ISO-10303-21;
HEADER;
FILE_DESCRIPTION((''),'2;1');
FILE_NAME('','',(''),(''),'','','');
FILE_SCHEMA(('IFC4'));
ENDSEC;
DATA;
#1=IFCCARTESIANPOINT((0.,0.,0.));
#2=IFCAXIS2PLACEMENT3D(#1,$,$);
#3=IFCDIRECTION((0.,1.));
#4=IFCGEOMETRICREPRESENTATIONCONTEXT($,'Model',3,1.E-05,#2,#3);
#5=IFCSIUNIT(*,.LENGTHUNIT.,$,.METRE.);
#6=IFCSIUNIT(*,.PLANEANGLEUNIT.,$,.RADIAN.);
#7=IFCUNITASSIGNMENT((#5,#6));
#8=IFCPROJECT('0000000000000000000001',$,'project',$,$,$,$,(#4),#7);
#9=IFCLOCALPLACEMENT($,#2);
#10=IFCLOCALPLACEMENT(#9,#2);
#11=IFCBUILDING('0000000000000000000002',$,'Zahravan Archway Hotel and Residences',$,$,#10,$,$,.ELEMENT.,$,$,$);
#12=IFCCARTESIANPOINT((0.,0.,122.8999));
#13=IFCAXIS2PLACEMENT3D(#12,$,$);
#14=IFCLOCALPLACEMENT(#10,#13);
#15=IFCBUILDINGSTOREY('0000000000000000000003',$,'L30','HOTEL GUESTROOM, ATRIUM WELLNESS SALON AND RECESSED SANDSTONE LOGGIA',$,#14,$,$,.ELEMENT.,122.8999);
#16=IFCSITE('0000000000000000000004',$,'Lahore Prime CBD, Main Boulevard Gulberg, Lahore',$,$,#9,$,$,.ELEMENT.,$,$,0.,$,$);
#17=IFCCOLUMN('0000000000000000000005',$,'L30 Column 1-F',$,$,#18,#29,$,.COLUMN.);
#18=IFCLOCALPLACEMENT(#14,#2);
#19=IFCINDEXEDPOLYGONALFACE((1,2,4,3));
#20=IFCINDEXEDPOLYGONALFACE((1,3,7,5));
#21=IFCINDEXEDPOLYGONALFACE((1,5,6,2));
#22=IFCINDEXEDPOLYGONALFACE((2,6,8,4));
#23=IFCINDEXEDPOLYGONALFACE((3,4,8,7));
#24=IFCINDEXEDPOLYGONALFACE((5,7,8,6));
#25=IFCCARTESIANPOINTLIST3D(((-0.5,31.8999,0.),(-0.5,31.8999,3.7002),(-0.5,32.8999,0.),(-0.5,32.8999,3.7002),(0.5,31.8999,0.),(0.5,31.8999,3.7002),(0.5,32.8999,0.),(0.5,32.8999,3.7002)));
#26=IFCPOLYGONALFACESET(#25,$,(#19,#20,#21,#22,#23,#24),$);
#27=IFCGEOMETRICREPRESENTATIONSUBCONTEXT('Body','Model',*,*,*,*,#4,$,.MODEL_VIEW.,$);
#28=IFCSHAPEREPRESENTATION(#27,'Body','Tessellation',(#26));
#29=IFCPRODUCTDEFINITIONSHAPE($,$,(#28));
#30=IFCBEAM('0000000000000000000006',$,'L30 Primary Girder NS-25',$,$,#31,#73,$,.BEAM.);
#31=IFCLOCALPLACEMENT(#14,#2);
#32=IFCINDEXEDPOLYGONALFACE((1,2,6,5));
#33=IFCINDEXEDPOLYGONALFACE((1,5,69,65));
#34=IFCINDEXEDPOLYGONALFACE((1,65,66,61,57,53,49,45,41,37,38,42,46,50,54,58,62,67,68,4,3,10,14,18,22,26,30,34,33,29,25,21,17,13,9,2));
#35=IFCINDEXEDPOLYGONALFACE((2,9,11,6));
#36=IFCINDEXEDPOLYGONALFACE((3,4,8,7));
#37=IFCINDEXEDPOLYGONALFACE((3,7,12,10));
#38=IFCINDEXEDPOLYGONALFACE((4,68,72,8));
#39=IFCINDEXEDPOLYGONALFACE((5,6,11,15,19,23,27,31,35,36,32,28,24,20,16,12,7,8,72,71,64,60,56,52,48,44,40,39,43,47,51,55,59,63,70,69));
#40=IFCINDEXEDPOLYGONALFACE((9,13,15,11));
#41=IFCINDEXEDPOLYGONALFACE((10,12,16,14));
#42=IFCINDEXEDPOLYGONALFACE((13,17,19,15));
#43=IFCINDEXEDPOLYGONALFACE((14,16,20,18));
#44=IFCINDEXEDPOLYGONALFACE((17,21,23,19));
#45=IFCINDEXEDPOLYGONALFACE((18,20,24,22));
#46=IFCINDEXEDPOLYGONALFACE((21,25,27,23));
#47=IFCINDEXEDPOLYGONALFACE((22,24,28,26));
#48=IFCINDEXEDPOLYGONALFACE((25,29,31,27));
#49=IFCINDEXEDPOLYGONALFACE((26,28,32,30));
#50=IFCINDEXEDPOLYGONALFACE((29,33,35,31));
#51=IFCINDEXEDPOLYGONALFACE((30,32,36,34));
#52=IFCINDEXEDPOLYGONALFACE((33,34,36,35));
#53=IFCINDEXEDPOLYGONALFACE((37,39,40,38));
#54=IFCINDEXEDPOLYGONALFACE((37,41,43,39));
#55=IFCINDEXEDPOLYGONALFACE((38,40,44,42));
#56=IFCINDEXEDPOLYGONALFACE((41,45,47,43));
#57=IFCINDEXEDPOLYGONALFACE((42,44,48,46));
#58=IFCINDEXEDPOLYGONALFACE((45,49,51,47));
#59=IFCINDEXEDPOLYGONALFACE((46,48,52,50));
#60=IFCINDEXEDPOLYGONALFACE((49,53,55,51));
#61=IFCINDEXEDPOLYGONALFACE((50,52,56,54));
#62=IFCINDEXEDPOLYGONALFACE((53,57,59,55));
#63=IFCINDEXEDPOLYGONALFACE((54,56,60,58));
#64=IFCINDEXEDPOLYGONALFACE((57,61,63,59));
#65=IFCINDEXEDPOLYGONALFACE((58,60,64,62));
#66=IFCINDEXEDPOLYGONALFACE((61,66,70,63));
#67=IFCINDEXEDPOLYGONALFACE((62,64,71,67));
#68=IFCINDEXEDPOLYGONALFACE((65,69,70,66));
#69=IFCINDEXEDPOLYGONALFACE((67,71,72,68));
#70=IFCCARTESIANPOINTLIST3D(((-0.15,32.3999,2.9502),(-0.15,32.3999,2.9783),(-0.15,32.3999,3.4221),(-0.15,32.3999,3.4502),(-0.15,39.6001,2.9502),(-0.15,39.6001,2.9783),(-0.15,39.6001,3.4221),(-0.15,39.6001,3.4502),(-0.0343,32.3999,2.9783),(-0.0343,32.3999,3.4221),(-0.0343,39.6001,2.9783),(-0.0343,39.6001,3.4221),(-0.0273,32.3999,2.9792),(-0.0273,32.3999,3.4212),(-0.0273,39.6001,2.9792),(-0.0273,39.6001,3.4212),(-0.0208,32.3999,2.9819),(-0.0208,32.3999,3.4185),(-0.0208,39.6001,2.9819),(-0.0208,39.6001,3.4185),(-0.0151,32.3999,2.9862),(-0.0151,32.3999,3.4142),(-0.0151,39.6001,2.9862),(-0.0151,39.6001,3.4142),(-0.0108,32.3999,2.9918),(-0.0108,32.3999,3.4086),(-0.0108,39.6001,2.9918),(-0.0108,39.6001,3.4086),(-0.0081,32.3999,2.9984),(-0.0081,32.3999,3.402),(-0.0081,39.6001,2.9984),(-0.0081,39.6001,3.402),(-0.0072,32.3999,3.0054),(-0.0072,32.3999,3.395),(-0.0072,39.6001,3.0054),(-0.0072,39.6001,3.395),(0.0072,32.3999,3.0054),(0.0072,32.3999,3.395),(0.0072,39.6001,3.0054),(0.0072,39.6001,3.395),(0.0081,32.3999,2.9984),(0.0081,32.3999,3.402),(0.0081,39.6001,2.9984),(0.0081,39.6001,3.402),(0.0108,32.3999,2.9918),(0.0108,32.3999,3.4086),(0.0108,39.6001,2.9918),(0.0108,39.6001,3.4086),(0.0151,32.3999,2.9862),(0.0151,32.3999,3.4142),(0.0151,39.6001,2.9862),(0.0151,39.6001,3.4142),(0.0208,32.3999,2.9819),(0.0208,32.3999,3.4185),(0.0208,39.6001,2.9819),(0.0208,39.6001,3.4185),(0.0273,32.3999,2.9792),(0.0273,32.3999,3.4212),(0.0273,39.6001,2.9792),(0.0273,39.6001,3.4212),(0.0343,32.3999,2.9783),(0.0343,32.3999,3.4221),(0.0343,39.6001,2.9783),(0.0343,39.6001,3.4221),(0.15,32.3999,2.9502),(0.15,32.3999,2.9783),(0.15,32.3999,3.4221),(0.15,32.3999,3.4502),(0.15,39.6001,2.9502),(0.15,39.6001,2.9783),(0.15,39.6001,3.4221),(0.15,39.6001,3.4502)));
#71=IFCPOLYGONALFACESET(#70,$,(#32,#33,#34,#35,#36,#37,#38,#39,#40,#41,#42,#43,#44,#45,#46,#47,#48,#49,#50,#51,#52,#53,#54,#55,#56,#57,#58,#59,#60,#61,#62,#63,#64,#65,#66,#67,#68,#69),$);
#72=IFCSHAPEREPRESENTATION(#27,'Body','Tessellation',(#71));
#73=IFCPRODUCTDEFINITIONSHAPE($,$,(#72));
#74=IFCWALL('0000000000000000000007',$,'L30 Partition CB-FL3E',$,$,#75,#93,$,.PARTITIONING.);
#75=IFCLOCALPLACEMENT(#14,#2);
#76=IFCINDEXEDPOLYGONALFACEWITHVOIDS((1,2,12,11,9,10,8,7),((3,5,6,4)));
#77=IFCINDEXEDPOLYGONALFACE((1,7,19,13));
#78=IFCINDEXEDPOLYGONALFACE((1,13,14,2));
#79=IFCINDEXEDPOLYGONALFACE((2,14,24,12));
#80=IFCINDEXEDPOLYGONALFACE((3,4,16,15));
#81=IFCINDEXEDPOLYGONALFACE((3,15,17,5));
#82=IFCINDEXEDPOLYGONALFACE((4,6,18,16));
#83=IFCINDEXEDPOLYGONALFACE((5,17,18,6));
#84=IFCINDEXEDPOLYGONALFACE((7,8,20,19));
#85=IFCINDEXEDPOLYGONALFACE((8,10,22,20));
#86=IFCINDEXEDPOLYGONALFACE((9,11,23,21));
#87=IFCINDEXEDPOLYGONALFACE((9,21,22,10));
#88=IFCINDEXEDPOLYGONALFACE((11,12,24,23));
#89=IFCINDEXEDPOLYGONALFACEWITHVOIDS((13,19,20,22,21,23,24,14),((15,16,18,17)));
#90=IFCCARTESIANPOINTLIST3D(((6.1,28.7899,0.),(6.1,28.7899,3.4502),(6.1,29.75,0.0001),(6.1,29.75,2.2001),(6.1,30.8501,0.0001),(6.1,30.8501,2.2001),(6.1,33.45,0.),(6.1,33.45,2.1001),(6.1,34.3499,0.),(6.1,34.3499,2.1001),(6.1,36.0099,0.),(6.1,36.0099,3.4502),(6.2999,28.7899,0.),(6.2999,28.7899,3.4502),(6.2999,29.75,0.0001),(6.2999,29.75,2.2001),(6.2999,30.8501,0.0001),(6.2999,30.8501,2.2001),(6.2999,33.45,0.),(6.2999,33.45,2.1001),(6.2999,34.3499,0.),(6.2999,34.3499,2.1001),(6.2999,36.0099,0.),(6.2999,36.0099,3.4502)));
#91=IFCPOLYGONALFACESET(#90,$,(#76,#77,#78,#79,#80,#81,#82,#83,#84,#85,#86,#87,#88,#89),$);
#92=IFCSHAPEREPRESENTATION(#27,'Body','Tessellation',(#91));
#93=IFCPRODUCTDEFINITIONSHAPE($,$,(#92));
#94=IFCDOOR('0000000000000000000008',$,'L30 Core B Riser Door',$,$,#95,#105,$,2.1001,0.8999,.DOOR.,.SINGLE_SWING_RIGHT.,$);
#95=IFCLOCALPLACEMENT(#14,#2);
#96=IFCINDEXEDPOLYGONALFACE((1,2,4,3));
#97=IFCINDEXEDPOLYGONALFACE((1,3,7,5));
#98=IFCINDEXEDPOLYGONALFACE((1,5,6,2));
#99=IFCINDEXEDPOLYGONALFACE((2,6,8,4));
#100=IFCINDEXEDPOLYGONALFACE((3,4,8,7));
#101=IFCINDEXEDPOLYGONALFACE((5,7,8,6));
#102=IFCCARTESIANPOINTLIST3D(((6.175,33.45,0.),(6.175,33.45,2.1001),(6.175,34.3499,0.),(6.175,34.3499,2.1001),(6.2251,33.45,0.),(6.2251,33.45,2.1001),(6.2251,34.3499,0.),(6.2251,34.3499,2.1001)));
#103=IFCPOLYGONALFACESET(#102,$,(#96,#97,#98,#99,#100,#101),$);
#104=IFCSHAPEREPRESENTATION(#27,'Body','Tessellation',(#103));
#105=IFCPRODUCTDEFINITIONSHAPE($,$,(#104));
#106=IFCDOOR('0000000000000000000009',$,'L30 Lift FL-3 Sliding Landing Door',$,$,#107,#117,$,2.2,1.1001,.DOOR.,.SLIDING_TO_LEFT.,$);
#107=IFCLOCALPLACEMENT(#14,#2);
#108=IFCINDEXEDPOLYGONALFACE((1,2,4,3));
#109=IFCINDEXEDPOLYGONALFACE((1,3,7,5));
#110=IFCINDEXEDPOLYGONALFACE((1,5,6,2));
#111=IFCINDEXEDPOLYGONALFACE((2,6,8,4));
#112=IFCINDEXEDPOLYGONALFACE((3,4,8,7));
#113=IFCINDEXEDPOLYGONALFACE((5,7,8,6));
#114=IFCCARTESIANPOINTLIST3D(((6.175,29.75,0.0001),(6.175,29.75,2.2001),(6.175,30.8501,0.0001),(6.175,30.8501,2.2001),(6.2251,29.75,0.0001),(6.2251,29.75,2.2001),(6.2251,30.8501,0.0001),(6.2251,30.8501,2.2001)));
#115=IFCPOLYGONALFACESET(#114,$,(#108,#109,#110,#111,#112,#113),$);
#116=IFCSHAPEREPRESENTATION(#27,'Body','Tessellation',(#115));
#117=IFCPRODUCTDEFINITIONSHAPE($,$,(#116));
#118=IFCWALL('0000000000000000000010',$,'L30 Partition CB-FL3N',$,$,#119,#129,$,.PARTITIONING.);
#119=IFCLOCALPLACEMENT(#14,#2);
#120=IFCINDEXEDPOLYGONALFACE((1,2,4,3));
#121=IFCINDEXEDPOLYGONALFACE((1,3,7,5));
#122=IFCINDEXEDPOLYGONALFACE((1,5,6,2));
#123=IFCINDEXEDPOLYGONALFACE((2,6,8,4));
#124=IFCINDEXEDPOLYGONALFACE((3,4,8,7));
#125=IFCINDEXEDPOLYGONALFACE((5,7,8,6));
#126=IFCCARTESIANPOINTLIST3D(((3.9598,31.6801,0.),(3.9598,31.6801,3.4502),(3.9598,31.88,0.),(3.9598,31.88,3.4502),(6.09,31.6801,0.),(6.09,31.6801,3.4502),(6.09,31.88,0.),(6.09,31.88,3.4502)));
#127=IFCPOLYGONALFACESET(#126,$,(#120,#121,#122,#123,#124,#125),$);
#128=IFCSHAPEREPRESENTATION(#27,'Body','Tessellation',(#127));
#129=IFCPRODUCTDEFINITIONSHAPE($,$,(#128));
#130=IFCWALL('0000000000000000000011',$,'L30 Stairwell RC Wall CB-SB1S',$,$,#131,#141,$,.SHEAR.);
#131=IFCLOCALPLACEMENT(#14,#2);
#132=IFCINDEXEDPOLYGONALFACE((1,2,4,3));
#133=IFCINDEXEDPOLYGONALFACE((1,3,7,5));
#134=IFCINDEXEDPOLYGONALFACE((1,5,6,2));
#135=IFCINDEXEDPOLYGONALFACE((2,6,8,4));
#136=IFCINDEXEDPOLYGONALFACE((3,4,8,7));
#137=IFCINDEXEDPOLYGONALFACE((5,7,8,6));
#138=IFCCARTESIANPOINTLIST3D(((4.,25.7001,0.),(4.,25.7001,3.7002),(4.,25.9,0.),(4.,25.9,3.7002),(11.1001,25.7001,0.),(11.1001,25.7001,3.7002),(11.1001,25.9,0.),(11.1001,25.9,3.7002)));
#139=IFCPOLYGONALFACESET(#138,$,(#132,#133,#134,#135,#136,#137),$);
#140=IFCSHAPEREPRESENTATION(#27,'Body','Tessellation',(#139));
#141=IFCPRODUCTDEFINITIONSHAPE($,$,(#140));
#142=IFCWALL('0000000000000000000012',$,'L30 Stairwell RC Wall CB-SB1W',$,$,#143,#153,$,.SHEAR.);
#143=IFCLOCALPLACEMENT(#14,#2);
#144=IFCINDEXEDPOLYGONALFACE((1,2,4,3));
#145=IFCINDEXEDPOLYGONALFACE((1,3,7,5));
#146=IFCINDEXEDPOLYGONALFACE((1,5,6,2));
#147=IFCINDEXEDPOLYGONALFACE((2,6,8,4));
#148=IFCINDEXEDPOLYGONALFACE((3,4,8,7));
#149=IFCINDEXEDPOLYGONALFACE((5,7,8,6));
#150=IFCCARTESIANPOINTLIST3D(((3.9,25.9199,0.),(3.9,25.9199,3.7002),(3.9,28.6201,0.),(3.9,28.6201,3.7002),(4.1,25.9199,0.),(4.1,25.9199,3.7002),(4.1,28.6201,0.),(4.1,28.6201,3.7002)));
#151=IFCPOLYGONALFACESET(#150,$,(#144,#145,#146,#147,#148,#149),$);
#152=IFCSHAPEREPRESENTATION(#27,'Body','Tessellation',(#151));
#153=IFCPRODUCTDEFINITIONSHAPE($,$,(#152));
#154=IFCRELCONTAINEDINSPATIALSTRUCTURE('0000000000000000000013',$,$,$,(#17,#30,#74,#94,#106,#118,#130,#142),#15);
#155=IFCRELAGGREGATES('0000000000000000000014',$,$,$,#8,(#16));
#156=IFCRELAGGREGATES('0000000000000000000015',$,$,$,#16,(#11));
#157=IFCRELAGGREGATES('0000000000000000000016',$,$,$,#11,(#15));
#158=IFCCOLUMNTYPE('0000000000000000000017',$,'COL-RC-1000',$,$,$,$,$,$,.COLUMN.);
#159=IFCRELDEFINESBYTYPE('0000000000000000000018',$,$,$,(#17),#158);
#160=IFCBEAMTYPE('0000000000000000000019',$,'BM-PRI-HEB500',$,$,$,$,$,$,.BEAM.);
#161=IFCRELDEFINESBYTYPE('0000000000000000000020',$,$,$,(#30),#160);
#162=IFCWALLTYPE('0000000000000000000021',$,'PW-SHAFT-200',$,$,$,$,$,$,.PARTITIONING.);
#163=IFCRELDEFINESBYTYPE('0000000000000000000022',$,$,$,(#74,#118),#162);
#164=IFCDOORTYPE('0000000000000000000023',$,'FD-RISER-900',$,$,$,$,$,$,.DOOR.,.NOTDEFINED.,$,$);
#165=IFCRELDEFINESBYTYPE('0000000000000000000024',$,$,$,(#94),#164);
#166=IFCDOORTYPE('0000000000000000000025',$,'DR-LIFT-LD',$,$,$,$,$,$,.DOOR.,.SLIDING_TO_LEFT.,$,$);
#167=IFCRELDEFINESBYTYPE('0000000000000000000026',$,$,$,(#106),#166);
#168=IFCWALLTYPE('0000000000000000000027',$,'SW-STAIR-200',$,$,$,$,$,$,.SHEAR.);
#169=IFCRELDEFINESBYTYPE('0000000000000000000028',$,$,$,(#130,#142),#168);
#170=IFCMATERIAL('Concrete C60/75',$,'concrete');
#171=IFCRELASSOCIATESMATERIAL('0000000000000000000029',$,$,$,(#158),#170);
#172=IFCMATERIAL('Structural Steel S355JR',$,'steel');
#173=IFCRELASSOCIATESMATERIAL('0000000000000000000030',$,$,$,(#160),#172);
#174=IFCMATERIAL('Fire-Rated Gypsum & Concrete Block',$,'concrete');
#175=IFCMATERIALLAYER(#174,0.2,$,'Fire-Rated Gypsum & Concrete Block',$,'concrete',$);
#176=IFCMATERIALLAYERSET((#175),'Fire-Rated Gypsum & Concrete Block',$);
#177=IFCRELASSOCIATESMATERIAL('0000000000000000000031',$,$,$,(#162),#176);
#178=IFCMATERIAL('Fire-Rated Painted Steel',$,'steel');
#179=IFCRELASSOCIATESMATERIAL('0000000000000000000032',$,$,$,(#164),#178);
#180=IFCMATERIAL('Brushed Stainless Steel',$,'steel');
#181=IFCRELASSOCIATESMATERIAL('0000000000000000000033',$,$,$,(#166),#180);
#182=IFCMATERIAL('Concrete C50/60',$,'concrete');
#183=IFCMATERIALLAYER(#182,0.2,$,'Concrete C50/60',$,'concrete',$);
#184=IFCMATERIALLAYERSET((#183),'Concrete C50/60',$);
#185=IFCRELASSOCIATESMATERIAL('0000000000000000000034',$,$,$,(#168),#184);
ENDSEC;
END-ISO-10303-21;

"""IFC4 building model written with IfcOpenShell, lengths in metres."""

from ifc_helpers import new_model, si_unit, direction, frame, frame_2d, origin, origin_2d, place, context, subcontext, project, spatial, rectangle, i_section, extrude, source, transform, mapped, material, layer, layer_set, material_profile, profile_set, type_object, type_shapes, element, fill, save


model = new_model("IFC4")

# Units and contexts
model_context = context("Model", 3, precision=1e-05, world=origin(), true_north=direction((0.0, 1.0)))
body_context = subcontext(model_context, "Body", "Model", "MODEL_VIEW")
ifc_project = project(units=[si_unit("LENGTHUNIT", "METRE"), si_unit("PLANEANGLEUNIT", "RADIAN")], contexts=[model_context])

# Site, building, storey
site_placement = place(None, origin())
site = spatial("IfcSite", under=ifc_project, at=site_placement, Name="Lahore Prime CBD, Main Boulevard Gulberg, Lahore", CompositionType="ELEMENT", RefElevation=0.0)
building_placement = place(site_placement, origin())
building = spatial("IfcBuilding", under=site, at=building_placement, Name="Zahravan Archway Hotel and Residences", CompositionType="ELEMENT")
storey_placement = place(building_placement, frame((0.0, 0.0, 122.8999)))
storey = spatial("IfcBuildingStorey", under=building, at=storey_placement, Name="L30", Description="HOTEL GUESTROOM, ATRIUM WELLNESS SALON AND RECESSED SANDSTONE LOGGIA", CompositionType="ELEMENT", Elevation=122.8999)

# Column
ifc_material_1 = material(Name="Concrete C60/75", Category="concrete")
ifc_material_profile_1 = material_profile(ifc_material_1, rectangle(XDim=1.0, YDim=1.0, at=origin_2d()), Name="RC-COL-1000x1000", Category="concrete")
ifc_profile_set_1 = profile_set([ifc_material_profile_1], Name="Concrete C60/75")
column_type = type_object("IfcColumnType", Name="COL-RC-1000", PredefinedType="COLUMN", material=ifc_profile_set_1)
shared_shape_1 = source(origin(), body_context, "Body", "SweptSolid", [
    extrude(rectangle(XDim=1.0, YDim=1.0, at=origin_2d()), origin(), (0.0, 0.0, 1.0), 3.7002),
])
column_placement = place(storey_placement, frame((0.0, 32.3999, 0.0), z_axis=(0.0, 0.0, 1.0), x_axis=(1.0, 0.0, 0.0)))
element("IfcColumn", 1, at=column_placement, inside=storey, type_object=column_type, Name="L30 Column 1-F", PredefinedType="COLUMN", context=body_context, shape_type="MappedRepresentation", body=[
    mapped(shared_shape_1, transform((0.0, 0.0, 0.0), scale=1.0)),
])

# Beam
ifc_material_2 = material(Name="Structural Steel S355JR", Category="steel")
ifc_material_profile_2 = material_profile(ifc_material_2, i_section(OverallWidth=0.3, OverallDepth=0.5, WebThickness=0.0144, FlangeThickness=0.0281, FilletRadius=0.0271, at=origin_2d()), Name="HEB 500", Category="steel")
ifc_profile_set_2 = profile_set([ifc_material_profile_2], Name="Structural Steel S355JR")
beam_type = type_object("IfcBeamType", Name="BM-PRI-HEB500", PredefinedType="BEAM", material=ifc_profile_set_2)
shared_shape_2 = source(origin(), body_context, "Body", "SweptSolid", [
    extrude(i_section(OverallWidth=0.3, OverallDepth=0.5, WebThickness=0.0144, FlangeThickness=0.0281, FilletRadius=0.0271, at=origin_2d()), origin(), (0.0, 0.0, 1.0), 7.2002),
])
type_shapes(beam_type, [shared_shape_2])
beam_placement = place(storey_placement, frame((0.0, 32.3999, 3.2002), z_axis=(0.0, 1.0, 0.0), x_axis=(-1.0, 0.0, 0.0)))
element("IfcBeam", 2, at=beam_placement, inside=storey, type_object=beam_type, Name="L30 Primary Girder NS-25", PredefinedType="BEAM", context=body_context, shape_type="MappedRepresentation", body=[
    mapped(shared_shape_2, transform((0.0, 0.0, 0.0), scale=1.0)),
])

# Wall, openings, doors
ifc_material_3 = material(Name="Fire-Rated Gypsum & Concrete Block", Category="concrete")
ifc_layer_1 = layer(ifc_material_3, 0.2, Name="Fire-Rated Gypsum & Concrete Block", Category="concrete")
ifc_layer_set_1 = layer_set([ifc_layer_1], Name="Fire-Rated Gypsum & Concrete Block")
wall_type_1 = type_object("IfcWallType", Name="PW-SHAFT-200", PredefinedType="PARTITIONING", material=ifc_layer_set_1)
wall_1_placement = place(storey_placement, frame((6.2, 28.79, 0.0), z_axis=(0.0, 0.0, 1.0), x_axis=(0.0, 1.0, 0.0)))
wall_1 = element("IfcWall", 3, at=wall_1_placement, inside=storey, type_object=wall_type_1, Name="L30 Partition CB-FL3E", PredefinedType="PARTITIONING", context=body_context, shape_type="SweptSolid", body=[
    extrude(rectangle(XDim=7.22, YDim=0.2, at=frame_2d((3.6099, 0.0))), origin(), (0.0, 0.0, 1.0), 3.4502),
])
opening_1_placement = place(wall_1_placement, frame((4.6599, 0.0, 0.0)))
opening_1 = element("IfcOpeningElement", 4, at=opening_1_placement, cuts=wall_1, PredefinedType="OPENING", context=body_context, shape_type="SweptSolid", body=[
    extrude(rectangle(XDim=0.8999, YDim=2.1001, at=frame_2d((0.45, 1.05))), frame((0.0, 0.1099, 0.0), z_axis=(0.0, -1.0, 0.0), x_axis=(1.0, 0.0, 0.0)), (0.0, 0.0, 1.0), 0.22),
])
opening_2_placement = place(wall_1_placement, frame((0.96, 0.0, 0.0)))
opening_2 = element("IfcOpeningElement", 5, at=opening_2_placement, cuts=wall_1, PredefinedType="OPENING", context=body_context, shape_type="SweptSolid", body=[
    extrude(rectangle(XDim=1.1001, YDim=2.2, at=frame_2d((0.55, 1.1001))), frame((0.0, 0.1099, 0.0), z_axis=(0.0, -1.0, 0.0), x_axis=(1.0, 0.0, 0.0)), (0.0, 0.0, 1.0), 0.22),
])
ifc_material_4 = material(Name="Fire-Rated Painted Steel", Category="steel")
door_type_1 = type_object("IfcDoorType", Name="FD-RISER-900", OperationType="NOTDEFINED", PredefinedType="DOOR", material=ifc_material_4)
shared_shape_3 = source(origin(), body_context, "Body", "SweptSolid", [
    extrude(rectangle(XDim=0.8999, YDim=2.1001, at=frame_2d((0.45, 1.05))), frame((0.0, 0.0249, 0.0), z_axis=(0.0, -1.0, 0.0), x_axis=(1.0, 0.0, 0.0)), (0.0, 0.0, 1.0), 0.05),
])
type_shapes(door_type_1, [shared_shape_3])
door_1_placement = place(opening_1_placement, origin())
door_1 = element("IfcDoor", 6, at=door_1_placement, inside=storey, type_object=door_type_1, Name="L30 Core B Riser Door", OperationType="SINGLE_SWING_RIGHT", OverallHeight=2.1001, OverallWidth=0.8999, PredefinedType="DOOR", context=body_context, shape_type="MappedRepresentation", body=[
    mapped(shared_shape_3, transform((0.0, 0.0, 0.0), scale=1.0)),
])
fill(opening_1, door_1)
ifc_material_5 = material(Name="Brushed Stainless Steel", Category="steel")
door_type_2 = type_object("IfcDoorType", Name="DR-LIFT-LD", OperationType="SLIDING_TO_LEFT", PredefinedType="DOOR", material=ifc_material_5)
shared_shape_4 = source(origin(), body_context, "Body", "SweptSolid", [
    extrude(rectangle(XDim=1.1001, YDim=2.2, at=frame_2d((0.55, 1.1001))), frame((0.0, 0.0249, 0.0), z_axis=(0.0, -1.0, 0.0), x_axis=(1.0, 0.0, 0.0)), (0.0, 0.0, 1.0), 0.05),
])
type_shapes(door_type_2, [shared_shape_4])
door_2_placement = place(opening_2_placement, origin())
door_2 = element("IfcDoor", 7, at=door_2_placement, inside=storey, type_object=door_type_2, Name="L30 Lift FL-3 Sliding Landing Door", OperationType="SLIDING_TO_LEFT", OverallHeight=2.2, OverallWidth=1.1001, PredefinedType="DOOR", context=body_context, shape_type="MappedRepresentation", body=[
    mapped(shared_shape_4, transform((0.0, 0.0, 0.0), scale=1.0)),
])
fill(opening_2, door_2)

# Walls
wall_2_placement = place(storey_placement, frame((3.96, 31.78, 0.0), z_axis=(0.0, 0.0, 1.0), x_axis=(1.0, 0.0, 0.0)))
element("IfcWall", 8, at=wall_2_placement, inside=storey, type_object=wall_type_1, Name="L30 Partition CB-FL3N", PredefinedType="PARTITIONING", context=body_context, shape_type="SweptSolid", body=[
    extrude(rectangle(XDim=2.1301, YDim=0.2, at=frame_2d((1.0649, 0.0))), origin(), (0.0, 0.0, 1.0), 3.4502),
])
ifc_material_6 = material(Name="Concrete C50/60", Category="concrete")
ifc_layer_2 = layer(ifc_material_6, 0.2, Name="Concrete C50/60", Category="concrete")
ifc_layer_set_2 = layer_set([ifc_layer_2], Name="Concrete C50/60")
wall_type_2 = type_object("IfcWallType", Name="SW-STAIR-200", PredefinedType="SHEAR", material=ifc_layer_set_2)
wall_3_placement = place(storey_placement, frame((4.0, 25.8, 0.0), z_axis=(0.0, 0.0, 1.0), x_axis=(1.0, 0.0, 0.0)))
element("IfcWall", 9, at=wall_3_placement, inside=storey, type_object=wall_type_2, Name="L30 Stairwell RC Wall CB-SB1S", PredefinedType="SHEAR", context=body_context, shape_type="SweptSolid", body=[
    extrude(rectangle(XDim=7.1001, YDim=0.2, at=frame_2d((3.55, 0.0))), origin(), (0.0, 0.0, 1.0), 3.7002),
])
wall_4_placement = place(storey_placement, frame((4.0, 25.9199, 0.0), z_axis=(0.0, 0.0, 1.0), x_axis=(0.0, 1.0, 0.0)))
element("IfcWall", 10, at=wall_4_placement, inside=storey, type_object=wall_type_2, Name="L30 Stairwell RC Wall CB-SB1W", PredefinedType="SHEAR", context=body_context, shape_type="SweptSolid", body=[
    extrude(rectangle(XDim=2.7002, YDim=0.2, at=frame_2d((1.3501, 0.0))), origin(), (0.0, 0.0, 1.0), 3.7002),
])

save(model, "model.ifc")
